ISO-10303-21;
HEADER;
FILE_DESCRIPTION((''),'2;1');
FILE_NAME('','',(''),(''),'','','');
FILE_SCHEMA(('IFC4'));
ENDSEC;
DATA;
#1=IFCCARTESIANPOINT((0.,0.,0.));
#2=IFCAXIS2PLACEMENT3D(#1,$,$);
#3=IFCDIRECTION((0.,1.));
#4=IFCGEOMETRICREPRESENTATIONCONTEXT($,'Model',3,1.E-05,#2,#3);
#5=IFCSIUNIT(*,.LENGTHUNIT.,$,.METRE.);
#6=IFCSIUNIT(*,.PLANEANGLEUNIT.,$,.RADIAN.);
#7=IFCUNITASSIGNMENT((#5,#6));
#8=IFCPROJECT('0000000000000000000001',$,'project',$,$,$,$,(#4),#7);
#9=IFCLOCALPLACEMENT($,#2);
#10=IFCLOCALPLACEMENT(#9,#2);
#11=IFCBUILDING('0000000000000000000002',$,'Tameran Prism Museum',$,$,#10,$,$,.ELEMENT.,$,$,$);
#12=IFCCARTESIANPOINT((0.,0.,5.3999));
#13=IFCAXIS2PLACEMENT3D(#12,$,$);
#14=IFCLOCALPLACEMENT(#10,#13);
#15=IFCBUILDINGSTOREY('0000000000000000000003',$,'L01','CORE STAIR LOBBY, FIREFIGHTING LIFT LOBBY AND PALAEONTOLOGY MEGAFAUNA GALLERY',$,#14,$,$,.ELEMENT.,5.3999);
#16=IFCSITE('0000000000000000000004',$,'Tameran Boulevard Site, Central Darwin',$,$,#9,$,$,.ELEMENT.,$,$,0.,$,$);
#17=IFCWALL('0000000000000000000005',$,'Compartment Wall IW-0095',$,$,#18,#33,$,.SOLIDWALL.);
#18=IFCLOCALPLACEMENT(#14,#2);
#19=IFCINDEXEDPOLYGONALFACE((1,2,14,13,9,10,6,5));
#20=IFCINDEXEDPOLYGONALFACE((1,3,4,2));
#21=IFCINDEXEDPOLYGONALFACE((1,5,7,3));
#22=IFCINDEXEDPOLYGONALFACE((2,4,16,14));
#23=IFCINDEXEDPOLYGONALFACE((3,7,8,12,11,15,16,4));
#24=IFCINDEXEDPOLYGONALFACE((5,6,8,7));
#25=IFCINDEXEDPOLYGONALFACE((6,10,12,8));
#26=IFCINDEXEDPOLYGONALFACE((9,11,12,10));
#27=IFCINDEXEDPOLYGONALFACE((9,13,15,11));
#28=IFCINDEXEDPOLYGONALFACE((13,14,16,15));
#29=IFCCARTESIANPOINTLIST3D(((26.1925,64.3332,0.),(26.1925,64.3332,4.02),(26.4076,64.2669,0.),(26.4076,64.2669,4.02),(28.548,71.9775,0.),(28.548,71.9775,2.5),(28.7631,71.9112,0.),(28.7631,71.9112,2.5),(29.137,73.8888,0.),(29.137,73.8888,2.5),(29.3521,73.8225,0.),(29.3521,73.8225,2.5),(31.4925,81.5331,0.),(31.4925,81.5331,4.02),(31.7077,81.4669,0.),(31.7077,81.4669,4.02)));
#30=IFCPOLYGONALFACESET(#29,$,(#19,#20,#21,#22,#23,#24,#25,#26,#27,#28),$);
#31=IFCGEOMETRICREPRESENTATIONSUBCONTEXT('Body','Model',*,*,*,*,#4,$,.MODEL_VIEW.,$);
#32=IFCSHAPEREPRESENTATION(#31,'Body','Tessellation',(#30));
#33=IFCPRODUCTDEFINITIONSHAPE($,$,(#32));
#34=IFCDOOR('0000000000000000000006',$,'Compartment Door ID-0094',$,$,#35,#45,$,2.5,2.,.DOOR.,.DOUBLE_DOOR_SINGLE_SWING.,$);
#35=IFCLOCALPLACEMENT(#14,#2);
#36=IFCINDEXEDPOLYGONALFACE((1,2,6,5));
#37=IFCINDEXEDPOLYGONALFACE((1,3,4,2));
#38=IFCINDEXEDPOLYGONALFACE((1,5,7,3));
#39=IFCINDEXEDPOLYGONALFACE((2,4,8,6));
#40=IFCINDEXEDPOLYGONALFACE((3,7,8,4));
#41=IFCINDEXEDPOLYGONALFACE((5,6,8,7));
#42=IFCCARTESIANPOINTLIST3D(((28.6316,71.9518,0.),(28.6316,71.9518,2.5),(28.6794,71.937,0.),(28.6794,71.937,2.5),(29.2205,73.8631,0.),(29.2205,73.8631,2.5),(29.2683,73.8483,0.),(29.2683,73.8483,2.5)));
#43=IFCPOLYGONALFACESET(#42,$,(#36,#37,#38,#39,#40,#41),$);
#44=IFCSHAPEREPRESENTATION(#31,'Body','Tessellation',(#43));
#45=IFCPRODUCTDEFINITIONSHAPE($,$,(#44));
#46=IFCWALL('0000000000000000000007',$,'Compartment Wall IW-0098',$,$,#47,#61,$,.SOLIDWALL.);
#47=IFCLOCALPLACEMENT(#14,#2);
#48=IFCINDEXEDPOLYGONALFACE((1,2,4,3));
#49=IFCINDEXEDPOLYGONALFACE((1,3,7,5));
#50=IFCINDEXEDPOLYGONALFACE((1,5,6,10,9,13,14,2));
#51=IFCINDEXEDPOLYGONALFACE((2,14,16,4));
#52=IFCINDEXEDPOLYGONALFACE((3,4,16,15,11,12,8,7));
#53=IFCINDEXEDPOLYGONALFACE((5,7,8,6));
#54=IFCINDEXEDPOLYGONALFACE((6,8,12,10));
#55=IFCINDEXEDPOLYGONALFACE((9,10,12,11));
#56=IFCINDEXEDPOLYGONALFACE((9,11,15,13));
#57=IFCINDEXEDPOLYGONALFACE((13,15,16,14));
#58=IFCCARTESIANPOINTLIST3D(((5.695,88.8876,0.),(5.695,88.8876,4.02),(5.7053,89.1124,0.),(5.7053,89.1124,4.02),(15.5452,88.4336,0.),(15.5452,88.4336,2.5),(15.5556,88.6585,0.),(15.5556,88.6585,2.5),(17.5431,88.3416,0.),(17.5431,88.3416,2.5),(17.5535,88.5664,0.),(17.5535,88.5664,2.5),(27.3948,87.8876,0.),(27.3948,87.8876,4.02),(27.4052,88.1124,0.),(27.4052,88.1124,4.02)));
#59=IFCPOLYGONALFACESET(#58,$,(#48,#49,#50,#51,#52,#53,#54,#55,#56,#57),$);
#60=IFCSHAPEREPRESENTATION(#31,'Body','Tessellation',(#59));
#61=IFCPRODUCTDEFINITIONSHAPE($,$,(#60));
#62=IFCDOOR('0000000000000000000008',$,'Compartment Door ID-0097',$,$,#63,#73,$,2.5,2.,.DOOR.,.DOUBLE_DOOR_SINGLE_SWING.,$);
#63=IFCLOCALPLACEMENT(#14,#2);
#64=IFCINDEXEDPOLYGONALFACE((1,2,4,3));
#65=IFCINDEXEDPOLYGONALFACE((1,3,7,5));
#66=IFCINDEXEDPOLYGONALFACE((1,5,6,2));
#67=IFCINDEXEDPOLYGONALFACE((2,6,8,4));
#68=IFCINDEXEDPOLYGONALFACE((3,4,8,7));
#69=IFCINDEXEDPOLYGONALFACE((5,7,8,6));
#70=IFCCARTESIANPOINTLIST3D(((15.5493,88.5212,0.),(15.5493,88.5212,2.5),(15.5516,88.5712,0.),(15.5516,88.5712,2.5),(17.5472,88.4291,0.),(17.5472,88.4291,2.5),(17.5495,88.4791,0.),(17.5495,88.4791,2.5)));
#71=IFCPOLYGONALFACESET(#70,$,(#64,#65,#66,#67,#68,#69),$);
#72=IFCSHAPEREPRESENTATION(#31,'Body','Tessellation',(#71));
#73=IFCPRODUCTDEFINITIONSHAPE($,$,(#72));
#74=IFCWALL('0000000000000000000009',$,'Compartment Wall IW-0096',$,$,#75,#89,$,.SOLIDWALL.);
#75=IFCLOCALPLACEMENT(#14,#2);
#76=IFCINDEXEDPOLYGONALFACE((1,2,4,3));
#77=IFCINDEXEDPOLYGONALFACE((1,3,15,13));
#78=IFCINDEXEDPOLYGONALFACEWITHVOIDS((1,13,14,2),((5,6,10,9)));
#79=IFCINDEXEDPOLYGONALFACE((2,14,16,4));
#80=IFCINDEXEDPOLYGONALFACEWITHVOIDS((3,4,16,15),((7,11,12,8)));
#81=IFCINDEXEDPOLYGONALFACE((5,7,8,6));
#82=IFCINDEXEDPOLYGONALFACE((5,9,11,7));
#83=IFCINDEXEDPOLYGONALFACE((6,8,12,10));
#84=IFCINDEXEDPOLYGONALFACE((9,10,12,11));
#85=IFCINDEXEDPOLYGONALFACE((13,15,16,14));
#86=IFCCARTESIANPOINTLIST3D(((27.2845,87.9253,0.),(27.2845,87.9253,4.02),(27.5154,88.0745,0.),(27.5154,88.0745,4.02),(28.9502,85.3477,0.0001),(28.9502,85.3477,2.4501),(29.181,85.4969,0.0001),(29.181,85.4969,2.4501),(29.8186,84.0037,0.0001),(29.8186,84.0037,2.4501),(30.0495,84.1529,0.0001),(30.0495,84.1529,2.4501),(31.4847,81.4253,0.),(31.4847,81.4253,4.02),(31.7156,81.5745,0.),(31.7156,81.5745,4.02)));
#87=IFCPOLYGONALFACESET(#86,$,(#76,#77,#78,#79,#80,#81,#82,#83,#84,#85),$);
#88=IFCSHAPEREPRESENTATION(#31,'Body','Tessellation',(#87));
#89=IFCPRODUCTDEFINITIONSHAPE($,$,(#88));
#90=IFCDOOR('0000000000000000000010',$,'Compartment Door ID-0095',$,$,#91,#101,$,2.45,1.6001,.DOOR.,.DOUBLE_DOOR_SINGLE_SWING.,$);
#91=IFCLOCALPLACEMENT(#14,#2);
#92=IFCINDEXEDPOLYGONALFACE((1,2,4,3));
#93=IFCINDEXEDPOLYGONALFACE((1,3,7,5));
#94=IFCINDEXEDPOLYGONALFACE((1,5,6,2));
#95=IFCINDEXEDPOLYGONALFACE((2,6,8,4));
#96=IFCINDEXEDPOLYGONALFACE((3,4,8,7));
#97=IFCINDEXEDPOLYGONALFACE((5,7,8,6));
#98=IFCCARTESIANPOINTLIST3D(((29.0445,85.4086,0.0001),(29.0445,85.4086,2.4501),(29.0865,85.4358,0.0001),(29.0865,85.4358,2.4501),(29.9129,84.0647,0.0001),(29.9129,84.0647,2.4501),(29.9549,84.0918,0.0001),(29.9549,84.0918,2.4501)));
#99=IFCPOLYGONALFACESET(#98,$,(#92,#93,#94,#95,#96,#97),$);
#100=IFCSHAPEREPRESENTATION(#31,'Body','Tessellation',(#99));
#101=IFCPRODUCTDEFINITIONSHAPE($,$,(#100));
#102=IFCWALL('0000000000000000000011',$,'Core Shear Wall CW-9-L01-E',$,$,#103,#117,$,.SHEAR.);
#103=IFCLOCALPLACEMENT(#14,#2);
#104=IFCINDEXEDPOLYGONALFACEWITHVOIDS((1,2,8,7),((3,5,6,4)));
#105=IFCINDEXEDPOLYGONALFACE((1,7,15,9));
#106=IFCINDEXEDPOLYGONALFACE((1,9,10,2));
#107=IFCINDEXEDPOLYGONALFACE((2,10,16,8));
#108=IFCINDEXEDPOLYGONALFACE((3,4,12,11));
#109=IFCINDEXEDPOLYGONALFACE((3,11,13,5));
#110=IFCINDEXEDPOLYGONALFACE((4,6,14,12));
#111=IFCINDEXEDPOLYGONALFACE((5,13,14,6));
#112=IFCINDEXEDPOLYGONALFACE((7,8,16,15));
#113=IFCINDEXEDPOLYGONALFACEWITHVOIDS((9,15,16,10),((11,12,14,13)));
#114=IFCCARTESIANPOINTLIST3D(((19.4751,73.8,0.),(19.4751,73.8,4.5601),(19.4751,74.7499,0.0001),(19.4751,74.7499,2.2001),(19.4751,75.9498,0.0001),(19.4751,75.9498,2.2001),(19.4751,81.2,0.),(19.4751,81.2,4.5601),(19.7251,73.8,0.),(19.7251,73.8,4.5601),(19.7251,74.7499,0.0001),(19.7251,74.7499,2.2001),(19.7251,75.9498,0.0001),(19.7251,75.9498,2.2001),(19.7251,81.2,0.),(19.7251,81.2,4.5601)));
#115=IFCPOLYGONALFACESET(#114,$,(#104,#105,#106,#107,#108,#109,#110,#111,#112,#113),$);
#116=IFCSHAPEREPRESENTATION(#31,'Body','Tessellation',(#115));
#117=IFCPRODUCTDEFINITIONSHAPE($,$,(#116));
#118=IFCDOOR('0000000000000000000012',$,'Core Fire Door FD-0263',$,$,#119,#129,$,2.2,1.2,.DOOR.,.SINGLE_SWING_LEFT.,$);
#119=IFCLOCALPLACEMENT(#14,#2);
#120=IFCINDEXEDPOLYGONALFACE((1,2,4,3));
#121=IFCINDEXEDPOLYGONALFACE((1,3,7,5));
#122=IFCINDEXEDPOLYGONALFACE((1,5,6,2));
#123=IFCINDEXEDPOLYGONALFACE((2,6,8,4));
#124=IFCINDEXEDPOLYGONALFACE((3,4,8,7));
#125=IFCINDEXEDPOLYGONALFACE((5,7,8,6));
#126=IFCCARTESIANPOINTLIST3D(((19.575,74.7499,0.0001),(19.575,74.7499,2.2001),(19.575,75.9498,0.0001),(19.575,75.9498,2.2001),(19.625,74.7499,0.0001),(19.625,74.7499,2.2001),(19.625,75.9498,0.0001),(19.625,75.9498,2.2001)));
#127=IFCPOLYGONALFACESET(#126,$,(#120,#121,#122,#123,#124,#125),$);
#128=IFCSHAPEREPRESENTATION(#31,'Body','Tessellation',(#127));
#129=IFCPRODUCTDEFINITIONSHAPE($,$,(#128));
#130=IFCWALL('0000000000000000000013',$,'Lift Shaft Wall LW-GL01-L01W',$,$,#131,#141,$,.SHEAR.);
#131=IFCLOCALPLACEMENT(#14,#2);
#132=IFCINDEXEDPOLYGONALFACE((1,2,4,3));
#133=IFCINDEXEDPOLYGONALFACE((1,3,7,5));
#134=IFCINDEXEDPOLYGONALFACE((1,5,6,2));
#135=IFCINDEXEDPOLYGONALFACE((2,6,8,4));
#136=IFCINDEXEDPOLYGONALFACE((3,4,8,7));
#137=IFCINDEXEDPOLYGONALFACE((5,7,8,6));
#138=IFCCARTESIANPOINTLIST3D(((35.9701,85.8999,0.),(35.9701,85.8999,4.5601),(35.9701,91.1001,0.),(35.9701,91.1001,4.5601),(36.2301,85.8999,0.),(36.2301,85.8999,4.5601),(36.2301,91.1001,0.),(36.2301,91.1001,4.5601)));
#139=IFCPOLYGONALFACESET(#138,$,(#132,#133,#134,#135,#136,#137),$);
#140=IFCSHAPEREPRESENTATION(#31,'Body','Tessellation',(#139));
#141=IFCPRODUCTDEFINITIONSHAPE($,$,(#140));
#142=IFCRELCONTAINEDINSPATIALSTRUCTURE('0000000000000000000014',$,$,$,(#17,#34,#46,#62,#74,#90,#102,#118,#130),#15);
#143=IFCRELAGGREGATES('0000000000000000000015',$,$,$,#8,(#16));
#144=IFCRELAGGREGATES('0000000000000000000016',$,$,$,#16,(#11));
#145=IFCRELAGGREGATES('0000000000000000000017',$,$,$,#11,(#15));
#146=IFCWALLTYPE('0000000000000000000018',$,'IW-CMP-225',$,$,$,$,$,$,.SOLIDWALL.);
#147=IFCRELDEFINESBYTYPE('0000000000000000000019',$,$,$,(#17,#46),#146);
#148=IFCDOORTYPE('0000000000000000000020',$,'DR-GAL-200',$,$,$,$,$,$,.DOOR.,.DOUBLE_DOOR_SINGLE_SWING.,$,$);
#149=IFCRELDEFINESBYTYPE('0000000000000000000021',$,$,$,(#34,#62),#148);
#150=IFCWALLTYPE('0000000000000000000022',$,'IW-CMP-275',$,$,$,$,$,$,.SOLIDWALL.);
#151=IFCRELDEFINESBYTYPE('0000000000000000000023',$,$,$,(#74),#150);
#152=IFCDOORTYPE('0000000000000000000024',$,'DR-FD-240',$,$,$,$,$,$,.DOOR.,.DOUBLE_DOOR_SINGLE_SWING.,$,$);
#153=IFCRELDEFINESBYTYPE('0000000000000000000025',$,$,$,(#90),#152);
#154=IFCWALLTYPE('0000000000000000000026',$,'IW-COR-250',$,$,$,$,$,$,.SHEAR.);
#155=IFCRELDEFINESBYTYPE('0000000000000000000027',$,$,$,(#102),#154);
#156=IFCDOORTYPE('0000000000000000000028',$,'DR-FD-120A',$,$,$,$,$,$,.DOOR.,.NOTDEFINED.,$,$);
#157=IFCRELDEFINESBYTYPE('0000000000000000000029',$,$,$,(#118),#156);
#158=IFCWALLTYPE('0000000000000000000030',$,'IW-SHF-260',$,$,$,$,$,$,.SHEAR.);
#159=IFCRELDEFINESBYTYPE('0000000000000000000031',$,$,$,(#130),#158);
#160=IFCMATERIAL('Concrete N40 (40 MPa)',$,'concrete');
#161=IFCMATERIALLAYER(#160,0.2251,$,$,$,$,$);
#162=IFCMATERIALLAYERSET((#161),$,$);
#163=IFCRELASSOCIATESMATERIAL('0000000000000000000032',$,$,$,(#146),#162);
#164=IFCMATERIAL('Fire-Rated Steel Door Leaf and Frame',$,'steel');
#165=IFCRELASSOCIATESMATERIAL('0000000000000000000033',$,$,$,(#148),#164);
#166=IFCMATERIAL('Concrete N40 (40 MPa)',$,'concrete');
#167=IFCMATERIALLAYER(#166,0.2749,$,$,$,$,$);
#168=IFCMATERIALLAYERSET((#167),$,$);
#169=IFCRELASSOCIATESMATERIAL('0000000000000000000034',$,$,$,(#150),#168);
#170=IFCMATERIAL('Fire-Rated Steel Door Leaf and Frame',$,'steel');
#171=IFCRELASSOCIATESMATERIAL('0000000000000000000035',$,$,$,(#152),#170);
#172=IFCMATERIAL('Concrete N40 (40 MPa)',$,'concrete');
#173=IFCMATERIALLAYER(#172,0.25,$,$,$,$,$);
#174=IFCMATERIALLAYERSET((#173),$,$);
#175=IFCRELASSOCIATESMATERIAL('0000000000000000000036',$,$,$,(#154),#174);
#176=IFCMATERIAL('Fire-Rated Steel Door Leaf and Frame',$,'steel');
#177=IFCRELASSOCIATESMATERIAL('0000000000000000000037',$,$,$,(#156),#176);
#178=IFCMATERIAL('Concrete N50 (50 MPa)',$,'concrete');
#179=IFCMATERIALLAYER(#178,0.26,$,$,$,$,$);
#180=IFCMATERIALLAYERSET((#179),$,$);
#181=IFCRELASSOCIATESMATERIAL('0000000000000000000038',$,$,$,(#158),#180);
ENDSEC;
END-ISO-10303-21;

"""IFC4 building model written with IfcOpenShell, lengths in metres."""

from ifc_helpers import new_model, si_unit, direction, frame, frame_2d, origin, place, context, subcontext, project, spatial, rectangle, extrude, material, layer, layer_set, type_object, element, fill, save


model = new_model("IFC4")

# Units and contexts
model_context = context("Model", 3, precision=1e-05, world=origin(), true_north=direction((0.0, 1.0)))
body_context = subcontext(model_context, "Body", "Model", "MODEL_VIEW")
ifc_project = project(units=[si_unit("LENGTHUNIT", "METRE"), si_unit("PLANEANGLEUNIT", "RADIAN")], contexts=[model_context])

# Site, building, storey
site_placement = place(None, origin())
site = spatial("IfcSite", under=ifc_project, at=site_placement, Name="Tameran Boulevard Site, Central Darwin", CompositionType="ELEMENT", RefElevation=0.0)
building_placement = place(site_placement, origin())
building = spatial("IfcBuilding", under=site, at=building_placement, Name="Tameran Prism Museum", CompositionType="ELEMENT")
storey_placement = place(building_placement, frame((0.0, 0.0, 5.3999)))
storey = spatial("IfcBuildingStorey", under=building, at=storey_placement, Name="L01", Description="CORE STAIR LOBBY, FIREFIGHTING LIFT LOBBY AND PALAEONTOLOGY MEGAFAUNA GALLERY", CompositionType="ELEMENT", Elevation=5.3999)

# Walls, openings, doors
ifc_material_1 = material(Name="Concrete N40 (40 MPa)", Category="concrete")
ifc_layer_1 = layer(ifc_material_1, 0.2251)
ifc_layer_set_1 = layer_set([ifc_layer_1])
wall_type_1 = type_object("IfcWallType", Name="IW-CMP-225", PredefinedType="SOLIDWALL", material=ifc_layer_set_1)
wall_1_placement = place(storey_placement, frame((31.6001, 81.5, 0.0), z_axis=(0.0, 0.0, 1.0), x_axis=(-0.294479, -0.955658, 0.0)))
wall_1 = element("IfcWall", 1, at=wall_1_placement, inside=storey, type_object=wall_type_1, Name="Compartment Wall IW-0095", PredefinedType="SOLIDWALL", context=body_context, shape_type="SweptSolid", body=[
    extrude(rectangle(XDim=17.998, YDim=0.2251, at=frame_2d((8.999, 0.0))), origin(), (0.0, 0.0, 1.0), 4.02),
])
opening_1_placement = place(wall_1_placement, frame((7.999, 0.0, 0.0)))
opening_1 = element("IfcOpeningElement", 2, at=opening_1_placement, cuts=wall_1, PredefinedType="OPENING", context=body_context, shape_type="SweptSolid", body=[
    extrude(rectangle(XDim=2.0, YDim=2.5, at=frame_2d((1.0, 1.25))), frame((0.0, 0.1226, 0.0), z_axis=(0.0, -1.0, 0.0), x_axis=(1.0, 0.0, 0.0)), (0.0, 0.0, 1.0), 0.2451),
])
ifc_material_2 = material(Name="Fire-Rated Steel Door Leaf and Frame", Category="steel")
door_type_1 = type_object("IfcDoorType", Name="DR-GAL-200", OperationType="DOUBLE_DOOR_SINGLE_SWING", PredefinedType="DOOR", material=ifc_material_2)
door_1_placement = place(opening_1_placement, origin())
door_1 = element("IfcDoor", 3, at=door_1_placement, inside=storey, type_object=door_type_1, Name="Compartment Door ID-0094", OperationType="DOUBLE_DOOR_SINGLE_SWING", OverallHeight=2.5, OverallWidth=2.0, PredefinedType="DOOR", context=body_context, shape_type="SweptSolid", body=[
    extrude(rectangle(XDim=2.0, YDim=2.5, at=frame_2d((1.0, 1.25))), frame((0.0, 0.0249, 0.0), z_axis=(0.0, -1.0, 0.0), x_axis=(1.0, 0.0, 0.0)), (0.0, 0.0, 1.0), 0.05),
])
fill(opening_1, door_1)
wall_2_placement = place(storey_placement, frame((27.3999, 88.0, 0.0), z_axis=(0.0, 0.0, 1.0), x_axis=(-0.99894, 0.046034, 0.0)))
wall_2 = element("IfcWall", 4, at=wall_2_placement, inside=storey, type_object=wall_type_1, Name="Compartment Wall IW-0098", PredefinedType="SOLIDWALL", context=body_context, shape_type="SweptSolid", body=[
    extrude(rectangle(XDim=21.7229, YDim=0.2251, at=frame_2d((10.8613, 0.0))), origin(), (0.0, 0.0, 1.0), 4.02),
])
opening_2_placement = place(wall_2_placement, frame((9.8621, 0.0, 0.0)))
opening_2 = element("IfcOpeningElement", 5, at=opening_2_placement, cuts=wall_2, PredefinedType="OPENING", context=body_context, shape_type="SweptSolid", body=[
    extrude(rectangle(XDim=2.0, YDim=2.5, at=frame_2d((1.0, 1.25))), frame((0.0, 0.1226, 0.0), z_axis=(0.0, -1.0, 0.0), x_axis=(1.0, 0.0, 0.0)), (0.0, 0.0, 1.0), 0.2451),
])
door_2_placement = place(opening_2_placement, origin())
door_2 = element("IfcDoor", 6, at=door_2_placement, inside=storey, type_object=door_type_1, Name="Compartment Door ID-0097", OperationType="DOUBLE_DOOR_SINGLE_SWING", OverallHeight=2.5, OverallWidth=2.0, PredefinedType="DOOR", context=body_context, shape_type="SweptSolid", body=[
    extrude(rectangle(XDim=2.0, YDim=2.5, at=frame_2d((1.0, 1.25))), frame((0.0, 0.0249, 0.0), z_axis=(0.0, -1.0, 0.0), x_axis=(1.0, 0.0, 0.0)), (0.0, 0.0, 1.0), 0.05),
])
fill(opening_2, door_2)
ifc_material_3 = material(Name="Concrete N40 (40 MPa)", Category="concrete")
ifc_layer_2 = layer(ifc_material_3, 0.2749)
ifc_layer_set_2 = layer_set([ifc_layer_2])
wall_type_2 = type_object("IfcWallType", Name="IW-CMP-275", PredefinedType="SOLIDWALL", material=ifc_layer_set_2)
wall_3_placement = place(storey_placement, frame((27.3999, 88.0, 0.0), z_axis=(0.0, 0.0, 1.0), x_axis=(0.542733, -0.839905, 0.0)))
wall_3 = element("IfcWall", 7, at=wall_3_placement, inside=storey, type_object=wall_type_2, Name="Compartment Wall IW-0096", PredefinedType="SOLIDWALL", context=body_context, shape_type="SweptSolid", body=[
    extrude(rectangle(XDim=7.739, YDim=0.2749, at=frame_2d((3.8696, 0.0))), origin(), (0.0, 0.0, 1.0), 4.02),
])
opening_3_placement = place(wall_3_placement, frame((3.0691, 0.0, 0.0)))
opening_3 = element("IfcOpeningElement", 8, at=opening_3_placement, cuts=wall_3, PredefinedType="OPENING", context=body_context, shape_type="SweptSolid", body=[
    extrude(rectangle(XDim=1.6001, YDim=2.45, at=frame_2d((0.8, 1.2251))), frame((0.0, 0.1475, 0.0), z_axis=(0.0, -1.0, 0.0), x_axis=(1.0, 0.0, 0.0)), (0.0, 0.0, 1.0), 0.2949),
])
ifc_material_4 = material(Name="Fire-Rated Steel Door Leaf and Frame", Category="steel")
door_type_2 = type_object("IfcDoorType", Name="DR-FD-240", OperationType="DOUBLE_DOOR_SINGLE_SWING", PredefinedType="DOOR", material=ifc_material_4)
door_3_placement = place(opening_3_placement, origin())
door_3 = element("IfcDoor", 9, at=door_3_placement, inside=storey, type_object=door_type_2, Name="Compartment Door ID-0095", OperationType="DOUBLE_DOOR_SINGLE_SWING", OverallHeight=2.45, OverallWidth=1.6001, PredefinedType="DOOR", context=body_context, shape_type="SweptSolid", body=[
    extrude(rectangle(XDim=1.6001, YDim=2.45, at=frame_2d((0.8, 1.2251))), frame((0.0, 0.0249, 0.0), z_axis=(0.0, -1.0, 0.0), x_axis=(1.0, 0.0, 0.0)), (0.0, 0.0, 1.0), 0.05),
])
fill(opening_3, door_3)
ifc_material_5 = material(Name="Concrete N40 (40 MPa)", Category="concrete")
ifc_layer_3 = layer(ifc_material_5, 0.25)
ifc_layer_set_3 = layer_set([ifc_layer_3])
wall_type_3 = type_object("IfcWallType", Name="IW-COR-250", PredefinedType="SHEAR", material=ifc_layer_set_3)
wall_4_placement = place(storey_placement, frame((19.6001, 81.2, 0.0), z_axis=(0.0, 0.0, 1.0), x_axis=(0.0, -1.0, 0.0)))
wall_4 = element("IfcWall", 10, at=wall_4_placement, inside=storey, type_object=wall_type_3, Name="Core Shear Wall CW-9-L01-E", PredefinedType="SHEAR", context=body_context, shape_type="SweptSolid", body=[
    extrude(rectangle(XDim=7.3999, YDim=0.25, at=frame_2d((3.7, 0.0))), origin(), (0.0, 0.0, 1.0), 4.5601),
])
opening_4_placement = place(wall_4_placement, frame((5.25, 0.0, 0.0)))
opening_4 = element("IfcOpeningElement", 11, at=opening_4_placement, cuts=wall_4, PredefinedType="OPENING", context=body_context, shape_type="SweptSolid", body=[
    extrude(rectangle(XDim=1.2, YDim=2.2, at=frame_2d((0.6001, 1.1001))), frame((0.0, 0.135, 0.0), z_axis=(0.0, -1.0, 0.0), x_axis=(1.0, 0.0, 0.0)), (0.0, 0.0, 1.0), 0.27),
])
ifc_material_6 = material(Name="Fire-Rated Steel Door Leaf and Frame", Category="steel")
door_type_3 = type_object("IfcDoorType", Name="DR-FD-120A", OperationType="NOTDEFINED", PredefinedType="DOOR", material=ifc_material_6)
door_4_placement = place(opening_4_placement, origin())
door_4 = element("IfcDoor", 12, at=door_4_placement, inside=storey, type_object=door_type_3, Name="Core Fire Door FD-0263", OperationType="SINGLE_SWING_LEFT", OverallHeight=2.2, OverallWidth=1.2, PredefinedType="DOOR", context=body_context, shape_type="SweptSolid", body=[
    extrude(rectangle(XDim=1.2, YDim=2.2, at=frame_2d((0.6001, 1.1001))), frame((0.0, 0.0249, 0.0), z_axis=(0.0, -1.0, 0.0), x_axis=(1.0, 0.0, 0.0)), (0.0, 0.0, 1.0), 0.05),
])
fill(opening_4, door_4)

# Wall
ifc_material_7 = material(Name="Concrete N50 (50 MPa)", Category="concrete")
ifc_layer_4 = layer(ifc_material_7, 0.26)
ifc_layer_set_4 = layer_set([ifc_layer_4])
wall_type_4 = type_object("IfcWallType", Name="IW-SHF-260", PredefinedType="SHEAR", material=ifc_layer_set_4)
wall_5_placement = place(storey_placement, frame((36.1001, 85.8999, 0.0), z_axis=(0.0, 0.0, 1.0), x_axis=(0.0, 1.0, 0.0)))
element("IfcWall", 13, at=wall_5_placement, inside=storey, type_object=wall_type_4, Name="Lift Shaft Wall LW-GL01-L01W", PredefinedType="SHEAR", context=body_context, shape_type="SweptSolid", body=[
    extrude(rectangle(XDim=5.2002, YDim=0.26, at=frame_2d((2.6001, 0.0))), origin(), (0.0, 0.0, 1.0), 4.5601),
])

save(model, "model.ifc")
